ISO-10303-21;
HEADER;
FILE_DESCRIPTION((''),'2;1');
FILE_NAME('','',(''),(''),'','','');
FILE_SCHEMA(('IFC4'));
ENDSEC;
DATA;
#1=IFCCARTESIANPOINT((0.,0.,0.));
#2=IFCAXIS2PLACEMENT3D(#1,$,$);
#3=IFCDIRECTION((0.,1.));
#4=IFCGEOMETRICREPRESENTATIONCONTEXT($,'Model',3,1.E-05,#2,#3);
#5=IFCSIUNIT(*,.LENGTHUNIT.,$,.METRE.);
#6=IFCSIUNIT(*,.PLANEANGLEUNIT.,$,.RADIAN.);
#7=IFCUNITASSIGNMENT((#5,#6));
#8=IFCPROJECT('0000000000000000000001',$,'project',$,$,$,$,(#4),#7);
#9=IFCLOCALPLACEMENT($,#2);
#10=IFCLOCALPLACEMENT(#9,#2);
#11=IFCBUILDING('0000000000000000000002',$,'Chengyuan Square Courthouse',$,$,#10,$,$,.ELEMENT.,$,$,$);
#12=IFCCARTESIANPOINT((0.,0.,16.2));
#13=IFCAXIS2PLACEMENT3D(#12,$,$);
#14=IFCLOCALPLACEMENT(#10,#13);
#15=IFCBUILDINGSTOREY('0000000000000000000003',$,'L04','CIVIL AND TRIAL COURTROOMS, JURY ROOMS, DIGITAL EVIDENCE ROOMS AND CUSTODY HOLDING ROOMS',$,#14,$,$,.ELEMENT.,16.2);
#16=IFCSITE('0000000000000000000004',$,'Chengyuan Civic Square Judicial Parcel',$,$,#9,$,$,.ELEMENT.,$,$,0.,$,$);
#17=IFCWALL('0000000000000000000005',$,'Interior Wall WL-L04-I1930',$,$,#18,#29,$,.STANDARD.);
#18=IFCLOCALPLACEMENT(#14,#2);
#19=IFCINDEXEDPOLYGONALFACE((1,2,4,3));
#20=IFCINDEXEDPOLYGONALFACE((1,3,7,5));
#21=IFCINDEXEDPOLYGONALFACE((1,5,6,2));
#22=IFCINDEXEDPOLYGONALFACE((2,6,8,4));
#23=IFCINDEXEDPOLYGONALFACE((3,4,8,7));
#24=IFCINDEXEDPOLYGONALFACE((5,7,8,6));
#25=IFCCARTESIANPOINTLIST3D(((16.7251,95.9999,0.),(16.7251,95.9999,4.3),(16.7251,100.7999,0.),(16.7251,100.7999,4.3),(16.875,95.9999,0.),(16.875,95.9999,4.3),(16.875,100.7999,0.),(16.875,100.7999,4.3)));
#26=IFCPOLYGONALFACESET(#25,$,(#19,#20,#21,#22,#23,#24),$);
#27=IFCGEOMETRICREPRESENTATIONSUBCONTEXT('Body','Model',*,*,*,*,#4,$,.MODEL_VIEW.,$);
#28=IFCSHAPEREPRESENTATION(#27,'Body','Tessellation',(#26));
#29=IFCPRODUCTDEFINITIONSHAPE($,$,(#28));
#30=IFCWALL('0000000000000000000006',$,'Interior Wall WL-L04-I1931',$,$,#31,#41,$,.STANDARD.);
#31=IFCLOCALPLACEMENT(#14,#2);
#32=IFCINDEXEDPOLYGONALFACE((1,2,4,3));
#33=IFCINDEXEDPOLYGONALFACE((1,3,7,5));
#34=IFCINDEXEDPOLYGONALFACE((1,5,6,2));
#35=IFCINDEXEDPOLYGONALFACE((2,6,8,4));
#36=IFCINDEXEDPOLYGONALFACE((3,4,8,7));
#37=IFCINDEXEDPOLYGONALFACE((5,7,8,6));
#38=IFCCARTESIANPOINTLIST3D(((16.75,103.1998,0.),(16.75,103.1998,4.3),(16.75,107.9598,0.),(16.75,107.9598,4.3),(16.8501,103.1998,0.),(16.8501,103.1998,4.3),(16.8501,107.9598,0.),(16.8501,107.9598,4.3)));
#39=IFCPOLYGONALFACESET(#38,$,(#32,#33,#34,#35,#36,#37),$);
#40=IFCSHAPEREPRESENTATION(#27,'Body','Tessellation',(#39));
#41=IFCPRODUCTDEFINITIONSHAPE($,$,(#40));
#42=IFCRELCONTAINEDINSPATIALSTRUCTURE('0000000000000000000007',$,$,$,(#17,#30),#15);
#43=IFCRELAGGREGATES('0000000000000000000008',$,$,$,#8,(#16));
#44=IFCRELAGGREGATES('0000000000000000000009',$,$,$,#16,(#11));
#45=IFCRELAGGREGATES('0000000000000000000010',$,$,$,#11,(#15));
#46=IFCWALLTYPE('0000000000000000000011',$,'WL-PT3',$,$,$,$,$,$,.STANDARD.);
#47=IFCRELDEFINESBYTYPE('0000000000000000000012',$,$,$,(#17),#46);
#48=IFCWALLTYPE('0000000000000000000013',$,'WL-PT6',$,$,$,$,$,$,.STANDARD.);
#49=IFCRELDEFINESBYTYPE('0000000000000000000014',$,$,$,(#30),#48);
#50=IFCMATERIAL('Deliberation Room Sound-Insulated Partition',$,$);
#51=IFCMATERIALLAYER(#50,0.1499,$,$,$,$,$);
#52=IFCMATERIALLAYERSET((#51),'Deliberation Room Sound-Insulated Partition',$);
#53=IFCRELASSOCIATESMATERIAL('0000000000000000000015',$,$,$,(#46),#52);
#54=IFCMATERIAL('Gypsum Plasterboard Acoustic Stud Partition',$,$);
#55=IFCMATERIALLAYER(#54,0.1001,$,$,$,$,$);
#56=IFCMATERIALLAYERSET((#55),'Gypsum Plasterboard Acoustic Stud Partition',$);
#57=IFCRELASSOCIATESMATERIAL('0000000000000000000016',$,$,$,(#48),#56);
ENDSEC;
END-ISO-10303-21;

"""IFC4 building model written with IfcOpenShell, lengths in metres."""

from ifc_helpers import new_model, si_unit, direction, frame, frame_2d, origin, place, context, subcontext, project, spatial, rectangle, extrude, material, layer, layer_set, type_object, element, save


model = new_model("IFC4")

# Units and contexts
model_context = context("Model", 3, precision=1e-05, world=origin(), true_north=direction((0.0, 1.0)))
body_context = subcontext(model_context, "Body", "Model", "MODEL_VIEW")
ifc_project = project(units=[si_unit("LENGTHUNIT", "METRE"), si_unit("PLANEANGLEUNIT", "RADIAN")], contexts=[model_context])

# Site, building, storey
site_placement = place(None, origin())
site = spatial("IfcSite", under=ifc_project, at=site_placement, Name="Chengyuan Civic Square Judicial Parcel", CompositionType="ELEMENT", RefElevation=0.0)
building_placement = place(site_placement, origin())
building = spatial("IfcBuilding", under=site, at=building_placement, Name="Chengyuan Square Courthouse", CompositionType="ELEMENT")
storey_placement = place(building_placement, frame((0.0, 0.0, 16.2)))
storey = spatial("IfcBuildingStorey", under=building, at=storey_placement, Name="L04", Description="CIVIL AND TRIAL COURTROOMS, JURY ROOMS, DIGITAL EVIDENCE ROOMS AND CUSTODY HOLDING ROOMS", CompositionType="ELEMENT", Elevation=16.2)

# Walls
ifc_material_1 = material(Name="Deliberation Room Sound-Insulated Partition")
ifc_layer_1 = layer(ifc_material_1, 0.1499)
ifc_layer_set_1 = layer_set([ifc_layer_1], Name="Deliberation Room Sound-Insulated Partition")
wall_type_1 = type_object("IfcWallType", Name="WL-PT3", PredefinedType="STANDARD", material=ifc_layer_set_1)
wall_1_placement = place(storey_placement, frame((16.8, 96.0, 0.0), z_axis=(0.0, 0.0, 1.0), x_axis=(0.0, 1.0, 0.0)))
element("IfcWall", 1, at=wall_1_placement, inside=storey, type_object=wall_type_1, Name="Interior Wall WL-L04-I1930", PredefinedType="STANDARD", context=body_context, shape_type="SweptSolid", body=[
    extrude(rectangle(XDim=4.8, YDim=0.1499, at=frame_2d((2.3999, 0.0))), origin(), (0.0, 0.0, 1.0), 4.3),
])
ifc_material_2 = material(Name="Gypsum Plasterboard Acoustic Stud Partition")
ifc_layer_2 = layer(ifc_material_2, 0.1001)
ifc_layer_set_2 = layer_set([ifc_layer_2], Name="Gypsum Plasterboard Acoustic Stud Partition")
wall_type_2 = type_object("IfcWallType", Name="WL-PT6", PredefinedType="STANDARD", material=ifc_layer_set_2)
wall_2_placement = place(storey_placement, frame((16.8, 103.2, 0.0), z_axis=(0.0, 0.0, 1.0), x_axis=(0.0, 1.0, 0.0)))
element("IfcWall", 2, at=wall_2_placement, inside=storey, type_object=wall_type_2, Name="Interior Wall WL-L04-I1931", PredefinedType="STANDARD", context=body_context, shape_type="SweptSolid", body=[
    extrude(rectangle(XDim=4.76, YDim=0.1001, at=frame_2d((2.3799, 0.0))), origin(), (0.0, 0.0, 1.0), 4.3),
])

save(model, "model.ifc")
